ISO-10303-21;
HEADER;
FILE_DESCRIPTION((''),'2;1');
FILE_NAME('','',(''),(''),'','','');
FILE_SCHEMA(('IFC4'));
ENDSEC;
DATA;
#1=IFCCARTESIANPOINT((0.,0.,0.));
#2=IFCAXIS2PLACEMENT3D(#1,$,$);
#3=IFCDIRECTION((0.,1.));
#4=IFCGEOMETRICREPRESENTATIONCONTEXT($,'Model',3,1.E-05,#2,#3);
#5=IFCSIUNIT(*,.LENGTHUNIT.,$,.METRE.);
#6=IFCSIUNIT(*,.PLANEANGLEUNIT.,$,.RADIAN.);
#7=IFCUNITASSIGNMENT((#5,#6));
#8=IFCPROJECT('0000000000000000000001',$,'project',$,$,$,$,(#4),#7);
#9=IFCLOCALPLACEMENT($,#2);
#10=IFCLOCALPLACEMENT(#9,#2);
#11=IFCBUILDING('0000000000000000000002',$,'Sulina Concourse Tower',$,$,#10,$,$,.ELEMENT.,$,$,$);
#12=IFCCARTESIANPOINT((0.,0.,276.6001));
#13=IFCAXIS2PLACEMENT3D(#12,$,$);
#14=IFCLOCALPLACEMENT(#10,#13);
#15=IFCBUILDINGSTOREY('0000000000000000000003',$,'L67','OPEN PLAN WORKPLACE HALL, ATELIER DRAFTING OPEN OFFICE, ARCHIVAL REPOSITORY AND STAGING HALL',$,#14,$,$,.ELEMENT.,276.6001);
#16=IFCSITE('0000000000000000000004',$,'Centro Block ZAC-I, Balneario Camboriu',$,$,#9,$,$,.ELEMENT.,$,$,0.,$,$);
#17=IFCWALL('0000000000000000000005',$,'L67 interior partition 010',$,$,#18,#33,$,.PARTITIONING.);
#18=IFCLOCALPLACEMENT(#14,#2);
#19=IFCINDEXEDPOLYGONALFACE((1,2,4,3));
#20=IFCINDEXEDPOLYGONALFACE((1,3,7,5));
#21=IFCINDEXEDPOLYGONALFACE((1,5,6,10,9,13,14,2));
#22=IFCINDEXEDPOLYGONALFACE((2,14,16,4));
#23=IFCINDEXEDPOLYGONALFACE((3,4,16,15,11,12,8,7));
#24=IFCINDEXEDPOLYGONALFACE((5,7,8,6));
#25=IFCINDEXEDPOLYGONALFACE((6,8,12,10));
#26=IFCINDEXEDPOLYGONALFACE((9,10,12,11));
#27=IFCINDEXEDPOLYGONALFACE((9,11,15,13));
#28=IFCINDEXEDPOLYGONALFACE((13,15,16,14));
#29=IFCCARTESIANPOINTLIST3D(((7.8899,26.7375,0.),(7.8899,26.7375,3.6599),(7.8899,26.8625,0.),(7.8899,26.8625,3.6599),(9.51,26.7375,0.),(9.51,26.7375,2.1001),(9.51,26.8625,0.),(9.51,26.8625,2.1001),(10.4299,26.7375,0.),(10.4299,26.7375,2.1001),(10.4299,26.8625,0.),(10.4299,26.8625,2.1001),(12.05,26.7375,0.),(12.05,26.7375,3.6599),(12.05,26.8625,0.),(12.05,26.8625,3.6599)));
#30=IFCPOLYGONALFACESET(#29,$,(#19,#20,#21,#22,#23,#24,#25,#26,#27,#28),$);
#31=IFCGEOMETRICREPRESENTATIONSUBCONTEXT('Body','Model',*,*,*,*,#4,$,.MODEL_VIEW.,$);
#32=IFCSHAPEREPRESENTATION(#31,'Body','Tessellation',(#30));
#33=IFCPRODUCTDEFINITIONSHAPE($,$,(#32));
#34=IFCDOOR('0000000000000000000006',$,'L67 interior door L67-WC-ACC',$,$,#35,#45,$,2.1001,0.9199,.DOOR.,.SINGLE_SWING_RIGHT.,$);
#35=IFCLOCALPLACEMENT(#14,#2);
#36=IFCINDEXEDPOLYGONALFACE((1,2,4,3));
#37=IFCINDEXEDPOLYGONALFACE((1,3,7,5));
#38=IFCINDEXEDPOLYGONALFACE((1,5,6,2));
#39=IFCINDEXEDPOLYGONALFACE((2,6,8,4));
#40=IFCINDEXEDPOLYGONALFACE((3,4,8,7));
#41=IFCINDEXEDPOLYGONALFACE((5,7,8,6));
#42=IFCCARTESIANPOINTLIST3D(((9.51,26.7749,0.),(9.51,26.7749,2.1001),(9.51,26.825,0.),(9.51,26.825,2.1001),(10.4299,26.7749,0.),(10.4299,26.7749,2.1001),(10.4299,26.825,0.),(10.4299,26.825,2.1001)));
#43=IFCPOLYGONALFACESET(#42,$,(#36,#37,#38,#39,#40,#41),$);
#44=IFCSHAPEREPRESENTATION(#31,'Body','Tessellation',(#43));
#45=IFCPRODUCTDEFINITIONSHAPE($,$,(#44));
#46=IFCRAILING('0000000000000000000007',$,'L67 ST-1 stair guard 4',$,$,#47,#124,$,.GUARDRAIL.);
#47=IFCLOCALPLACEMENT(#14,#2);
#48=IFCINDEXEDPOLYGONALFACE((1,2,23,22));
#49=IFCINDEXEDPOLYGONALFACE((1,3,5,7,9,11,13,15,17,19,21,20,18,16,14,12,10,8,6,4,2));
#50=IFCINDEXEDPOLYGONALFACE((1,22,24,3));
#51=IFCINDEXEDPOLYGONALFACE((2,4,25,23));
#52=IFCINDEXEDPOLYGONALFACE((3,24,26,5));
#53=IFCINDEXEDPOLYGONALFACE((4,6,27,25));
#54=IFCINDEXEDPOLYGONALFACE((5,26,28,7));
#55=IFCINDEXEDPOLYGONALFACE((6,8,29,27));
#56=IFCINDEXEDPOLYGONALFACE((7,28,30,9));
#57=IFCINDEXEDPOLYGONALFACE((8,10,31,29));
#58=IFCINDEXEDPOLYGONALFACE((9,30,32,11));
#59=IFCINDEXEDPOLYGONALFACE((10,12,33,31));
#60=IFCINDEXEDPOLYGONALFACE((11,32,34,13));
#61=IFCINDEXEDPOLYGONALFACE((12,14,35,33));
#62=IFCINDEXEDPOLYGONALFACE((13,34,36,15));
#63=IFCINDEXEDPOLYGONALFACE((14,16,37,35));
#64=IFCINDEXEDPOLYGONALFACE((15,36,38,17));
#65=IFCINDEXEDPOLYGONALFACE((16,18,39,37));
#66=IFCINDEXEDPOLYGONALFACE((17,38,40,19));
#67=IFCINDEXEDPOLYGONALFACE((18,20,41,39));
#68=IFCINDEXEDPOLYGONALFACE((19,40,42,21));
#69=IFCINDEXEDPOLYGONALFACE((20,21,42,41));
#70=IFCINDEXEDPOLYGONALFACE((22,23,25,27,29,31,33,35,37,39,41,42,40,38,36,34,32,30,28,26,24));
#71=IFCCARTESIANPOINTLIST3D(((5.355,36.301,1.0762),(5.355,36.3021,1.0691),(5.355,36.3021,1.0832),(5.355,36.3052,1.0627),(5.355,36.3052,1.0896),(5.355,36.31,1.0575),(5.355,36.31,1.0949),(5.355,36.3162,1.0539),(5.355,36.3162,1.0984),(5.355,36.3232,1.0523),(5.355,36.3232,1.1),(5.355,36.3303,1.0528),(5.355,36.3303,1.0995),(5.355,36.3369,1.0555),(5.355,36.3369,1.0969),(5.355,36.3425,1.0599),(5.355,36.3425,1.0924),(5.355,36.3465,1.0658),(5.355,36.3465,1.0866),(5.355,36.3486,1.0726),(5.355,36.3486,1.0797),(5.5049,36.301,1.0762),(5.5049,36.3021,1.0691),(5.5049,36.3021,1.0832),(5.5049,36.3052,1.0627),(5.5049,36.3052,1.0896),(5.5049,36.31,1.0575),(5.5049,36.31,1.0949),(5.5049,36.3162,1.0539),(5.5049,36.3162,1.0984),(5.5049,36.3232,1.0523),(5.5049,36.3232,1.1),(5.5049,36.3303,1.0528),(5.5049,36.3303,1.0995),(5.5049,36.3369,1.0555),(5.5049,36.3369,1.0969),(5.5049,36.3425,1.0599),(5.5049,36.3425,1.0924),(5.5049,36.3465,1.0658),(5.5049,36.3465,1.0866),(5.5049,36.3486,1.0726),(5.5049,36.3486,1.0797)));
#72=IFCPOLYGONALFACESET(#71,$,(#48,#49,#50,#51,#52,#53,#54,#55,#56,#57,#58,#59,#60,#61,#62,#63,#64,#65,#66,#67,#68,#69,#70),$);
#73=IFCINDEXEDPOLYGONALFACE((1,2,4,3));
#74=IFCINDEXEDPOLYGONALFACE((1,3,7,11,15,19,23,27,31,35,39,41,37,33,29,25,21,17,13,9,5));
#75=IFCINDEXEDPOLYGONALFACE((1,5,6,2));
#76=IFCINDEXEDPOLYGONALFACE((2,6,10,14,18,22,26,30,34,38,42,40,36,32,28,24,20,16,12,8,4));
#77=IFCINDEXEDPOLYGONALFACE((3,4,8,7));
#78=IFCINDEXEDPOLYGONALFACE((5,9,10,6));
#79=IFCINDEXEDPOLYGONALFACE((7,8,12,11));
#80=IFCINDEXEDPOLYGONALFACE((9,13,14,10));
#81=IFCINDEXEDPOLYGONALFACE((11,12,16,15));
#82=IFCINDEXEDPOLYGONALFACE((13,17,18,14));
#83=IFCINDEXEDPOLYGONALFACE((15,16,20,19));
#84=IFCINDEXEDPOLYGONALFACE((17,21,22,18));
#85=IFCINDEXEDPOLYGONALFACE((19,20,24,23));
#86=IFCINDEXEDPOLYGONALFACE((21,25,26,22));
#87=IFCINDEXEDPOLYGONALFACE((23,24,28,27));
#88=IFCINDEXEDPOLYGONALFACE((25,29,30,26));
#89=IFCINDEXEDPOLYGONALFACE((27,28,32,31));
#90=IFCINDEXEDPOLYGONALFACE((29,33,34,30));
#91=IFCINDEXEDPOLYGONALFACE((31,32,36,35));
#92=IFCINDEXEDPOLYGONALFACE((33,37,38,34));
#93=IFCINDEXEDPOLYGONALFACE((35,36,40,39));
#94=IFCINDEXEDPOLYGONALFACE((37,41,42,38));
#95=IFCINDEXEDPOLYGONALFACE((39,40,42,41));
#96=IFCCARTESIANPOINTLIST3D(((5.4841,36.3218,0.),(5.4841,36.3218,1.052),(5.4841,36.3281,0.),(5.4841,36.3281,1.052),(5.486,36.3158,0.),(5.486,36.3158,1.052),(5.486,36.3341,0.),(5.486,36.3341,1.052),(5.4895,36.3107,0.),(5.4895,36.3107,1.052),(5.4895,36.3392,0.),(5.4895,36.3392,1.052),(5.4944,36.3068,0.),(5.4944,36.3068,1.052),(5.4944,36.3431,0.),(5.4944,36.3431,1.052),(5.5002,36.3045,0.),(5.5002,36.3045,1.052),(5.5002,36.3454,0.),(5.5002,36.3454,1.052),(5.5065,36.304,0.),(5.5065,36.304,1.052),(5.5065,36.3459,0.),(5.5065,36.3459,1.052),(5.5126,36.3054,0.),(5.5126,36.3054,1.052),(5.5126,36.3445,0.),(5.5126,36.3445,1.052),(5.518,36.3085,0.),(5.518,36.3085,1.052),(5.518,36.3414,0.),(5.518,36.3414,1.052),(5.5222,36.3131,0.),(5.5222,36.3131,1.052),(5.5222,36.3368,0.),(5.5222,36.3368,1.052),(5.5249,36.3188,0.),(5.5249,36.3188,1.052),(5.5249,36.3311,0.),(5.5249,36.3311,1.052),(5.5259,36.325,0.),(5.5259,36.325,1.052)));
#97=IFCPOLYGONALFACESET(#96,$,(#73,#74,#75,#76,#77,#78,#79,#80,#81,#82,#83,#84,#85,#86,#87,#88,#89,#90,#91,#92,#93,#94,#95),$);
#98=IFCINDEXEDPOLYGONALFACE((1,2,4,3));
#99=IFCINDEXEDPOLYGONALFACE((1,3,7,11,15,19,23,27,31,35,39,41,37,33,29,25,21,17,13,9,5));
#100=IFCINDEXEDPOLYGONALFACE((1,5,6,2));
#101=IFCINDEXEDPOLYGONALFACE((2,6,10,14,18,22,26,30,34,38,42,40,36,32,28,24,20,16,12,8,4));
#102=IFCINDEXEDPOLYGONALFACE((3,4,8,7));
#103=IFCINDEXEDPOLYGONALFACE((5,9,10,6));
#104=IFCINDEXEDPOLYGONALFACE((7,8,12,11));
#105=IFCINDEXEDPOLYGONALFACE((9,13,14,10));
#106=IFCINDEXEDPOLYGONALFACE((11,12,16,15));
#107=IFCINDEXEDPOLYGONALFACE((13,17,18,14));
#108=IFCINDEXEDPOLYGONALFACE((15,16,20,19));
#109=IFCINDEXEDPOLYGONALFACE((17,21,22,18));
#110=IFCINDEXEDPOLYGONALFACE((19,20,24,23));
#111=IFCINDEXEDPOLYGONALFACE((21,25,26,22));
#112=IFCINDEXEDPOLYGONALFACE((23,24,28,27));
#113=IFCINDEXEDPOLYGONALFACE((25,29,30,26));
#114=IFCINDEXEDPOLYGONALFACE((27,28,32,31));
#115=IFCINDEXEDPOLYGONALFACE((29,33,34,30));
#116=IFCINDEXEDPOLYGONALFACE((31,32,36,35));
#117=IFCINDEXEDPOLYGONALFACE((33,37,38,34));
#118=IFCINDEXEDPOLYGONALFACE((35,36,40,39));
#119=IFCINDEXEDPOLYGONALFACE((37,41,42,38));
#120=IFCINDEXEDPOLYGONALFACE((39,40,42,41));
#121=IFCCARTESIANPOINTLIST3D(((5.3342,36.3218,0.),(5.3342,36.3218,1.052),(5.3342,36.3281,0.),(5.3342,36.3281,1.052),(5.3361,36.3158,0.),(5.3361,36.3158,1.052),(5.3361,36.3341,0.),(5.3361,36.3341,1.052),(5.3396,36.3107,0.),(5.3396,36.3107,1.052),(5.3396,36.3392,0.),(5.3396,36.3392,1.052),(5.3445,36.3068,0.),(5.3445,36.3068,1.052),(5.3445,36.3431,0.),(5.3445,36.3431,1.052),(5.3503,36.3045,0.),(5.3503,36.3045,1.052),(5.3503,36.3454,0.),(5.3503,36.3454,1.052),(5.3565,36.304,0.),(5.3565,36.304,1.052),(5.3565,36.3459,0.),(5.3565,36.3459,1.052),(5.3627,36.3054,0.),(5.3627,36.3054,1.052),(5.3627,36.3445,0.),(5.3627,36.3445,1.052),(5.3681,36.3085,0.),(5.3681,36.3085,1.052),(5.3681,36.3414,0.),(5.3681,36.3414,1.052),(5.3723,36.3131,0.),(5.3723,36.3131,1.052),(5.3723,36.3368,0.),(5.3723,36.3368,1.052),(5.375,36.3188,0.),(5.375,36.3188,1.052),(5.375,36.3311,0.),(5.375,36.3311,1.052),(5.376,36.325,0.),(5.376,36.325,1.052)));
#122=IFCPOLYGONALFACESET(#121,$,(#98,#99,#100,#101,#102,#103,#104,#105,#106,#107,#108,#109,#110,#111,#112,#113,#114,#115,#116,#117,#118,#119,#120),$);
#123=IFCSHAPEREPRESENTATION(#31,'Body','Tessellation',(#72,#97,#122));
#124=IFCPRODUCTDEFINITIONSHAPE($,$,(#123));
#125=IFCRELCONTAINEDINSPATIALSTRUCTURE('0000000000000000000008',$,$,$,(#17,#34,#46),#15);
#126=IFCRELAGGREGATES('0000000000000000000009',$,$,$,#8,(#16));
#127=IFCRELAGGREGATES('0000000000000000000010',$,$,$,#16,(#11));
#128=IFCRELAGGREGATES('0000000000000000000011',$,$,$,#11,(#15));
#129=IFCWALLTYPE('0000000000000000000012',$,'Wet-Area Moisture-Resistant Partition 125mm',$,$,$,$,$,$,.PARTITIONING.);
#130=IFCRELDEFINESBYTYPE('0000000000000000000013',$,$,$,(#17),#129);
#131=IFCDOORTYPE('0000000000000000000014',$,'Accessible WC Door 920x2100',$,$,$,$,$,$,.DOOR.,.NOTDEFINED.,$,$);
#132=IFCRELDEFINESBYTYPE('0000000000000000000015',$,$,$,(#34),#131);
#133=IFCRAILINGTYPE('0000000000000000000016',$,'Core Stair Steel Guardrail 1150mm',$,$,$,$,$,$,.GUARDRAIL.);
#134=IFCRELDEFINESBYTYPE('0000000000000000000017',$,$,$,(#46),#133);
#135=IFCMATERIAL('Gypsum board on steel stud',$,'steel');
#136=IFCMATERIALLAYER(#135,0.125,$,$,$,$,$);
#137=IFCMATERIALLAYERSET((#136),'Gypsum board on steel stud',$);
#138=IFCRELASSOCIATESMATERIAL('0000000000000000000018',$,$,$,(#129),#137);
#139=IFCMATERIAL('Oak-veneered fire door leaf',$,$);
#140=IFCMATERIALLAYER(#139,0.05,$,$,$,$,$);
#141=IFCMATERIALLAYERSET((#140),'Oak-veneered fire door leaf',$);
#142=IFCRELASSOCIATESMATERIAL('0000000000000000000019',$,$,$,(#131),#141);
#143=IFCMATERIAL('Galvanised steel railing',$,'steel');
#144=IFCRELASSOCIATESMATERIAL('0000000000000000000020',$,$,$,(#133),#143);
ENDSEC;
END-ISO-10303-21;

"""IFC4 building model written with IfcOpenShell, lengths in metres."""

from ifc_helpers import new_model, si_unit, direction, frame, frame_2d, origin, origin_2d, place, context, subcontext, project, spatial, rectangle, circle, extrude, material, layer, layer_set, type_object, element, fill, save


model = new_model("IFC4")

# Units and contexts
model_context = context("Model", 3, precision=1e-05, world=origin(), true_north=direction((0.0, 1.0)))
body_context = subcontext(model_context, "Body", "Model", "MODEL_VIEW")
ifc_project = project(units=[si_unit("LENGTHUNIT", "METRE"), si_unit("PLANEANGLEUNIT", "RADIAN")], contexts=[model_context])

# Site, building, storey
site_placement = place(None, origin())
site = spatial("IfcSite", under=ifc_project, at=site_placement, Name="Centro Block ZAC-I, Balneario Camboriu", CompositionType="ELEMENT", RefElevation=0.0)
building_placement = place(site_placement, origin())
building = spatial("IfcBuilding", under=site, at=building_placement, Name="Sulina Concourse Tower", CompositionType="ELEMENT")
storey_placement = place(building_placement, frame((0.0, 0.0, 276.6001)))
storey = spatial("IfcBuildingStorey", under=building, at=storey_placement, Name="L67", Description="OPEN PLAN WORKPLACE HALL, ATELIER DRAFTING OPEN OFFICE, ARCHIVAL REPOSITORY AND STAGING HALL", CompositionType="ELEMENT", Elevation=276.6001)

# Wall, opening, door
ifc_material_1 = material(Name="Gypsum board on steel stud", Category="steel")
ifc_layer_1 = layer(ifc_material_1, 0.125)
ifc_layer_set_1 = layer_set([ifc_layer_1], Name="Gypsum board on steel stud")
wall_type_1 = type_object("IfcWallType", Name="Wet-Area Moisture-Resistant Partition 125mm", PredefinedType="PARTITIONING", material=ifc_layer_set_1)
wall_1_placement = place(storey_placement, frame((7.8899, 26.8, 0.0), z_axis=(0.0, 0.0, 1.0), x_axis=(1.0, 0.0, 0.0)))
wall_1 = element("IfcWall", 1, at=wall_1_placement, inside=storey, type_object=wall_type_1, Name="L67 interior partition 010", PredefinedType="PARTITIONING", context=body_context, shape_type="SweptSolid", body=[
    extrude(rectangle(XDim=4.1602, YDim=0.125, at=frame_2d((2.0801, 0.0))), origin(), (0.0, 0.0, 1.0), 3.6599),
])
opening_1_placement = place(wall_1_placement, frame((1.6201, 0.0, 0.0)))
opening_1 = element("IfcOpeningElement", 2, at=opening_1_placement, cuts=wall_1, PredefinedType="OPENING", context=body_context, shape_type="SweptSolid", body=[
    extrude(rectangle(XDim=0.9199, YDim=2.1001, at=frame_2d((0.46, 1.05))), frame((0.0, 0.0725, 0.0), z_axis=(0.0, -1.0, 0.0), x_axis=(1.0, 0.0, 0.0)), (0.0, 0.0, 1.0), 0.145),
])
ifc_material_2 = material(Name="Oak-veneered fire door leaf")
ifc_layer_2 = layer(ifc_material_2, 0.05)
ifc_layer_set_2 = layer_set([ifc_layer_2], Name="Oak-veneered fire door leaf")
door_type_1 = type_object("IfcDoorType", Name="Accessible WC Door 920x2100", OperationType="NOTDEFINED", PredefinedType="DOOR", material=ifc_layer_set_2)
door_1_placement = place(opening_1_placement, origin())
door_1 = element("IfcDoor", 3, at=door_1_placement, inside=storey, type_object=door_type_1, Name="L67 interior door L67-WC-ACC", OperationType="SINGLE_SWING_RIGHT", OverallHeight=2.1001, OverallWidth=0.9199, PredefinedType="DOOR", context=body_context, shape_type="SweptSolid", body=[
    extrude(rectangle(XDim=0.9199, YDim=2.1001, at=frame_2d((0.46, 1.05))), frame((0.0, 0.0249, 0.0), z_axis=(0.0, -1.0, 0.0), x_axis=(1.0, 0.0, 0.0)), (0.0, 0.0, 1.0), 0.05),
])
fill(opening_1, door_1)

# Railing
ifc_material_3 = material(Name="Galvanised steel railing", Category="steel")
railing_type = type_object("IfcRailingType", Name="Core Stair Steel Guardrail 1150mm", PredefinedType="GUARDRAIL", material=ifc_material_3)
railing_placement = place(storey_placement, frame((5.5049, 36.325, 0.0)))
element("IfcRailing", 4, at=railing_placement, inside=storey, type_object=railing_type, Name="L67 ST-1 stair guard 4", PredefinedType="GUARDRAIL", context=body_context, shape_type="SweptSolid", body=[
    extrude(circle(Radius=0.0239, at=origin_2d()), frame((0.0, 0.0, 1.0762), z_axis=(-1.0, 0.0, 0.0), x_axis=(0.0, -1.0, 0.0)), (0.0, 0.0, 1.0), 0.1499),
    extrude(circle(Radius=0.021, at=origin_2d()), origin(), (0.0, 0.0, 1.0), 1.052),
    extrude(circle(Radius=0.021, at=origin_2d()), frame((-0.1499, 0.0, 0.0)), (0.0, 0.0, 1.0), 1.052),
])

save(model, "model.ifc")
